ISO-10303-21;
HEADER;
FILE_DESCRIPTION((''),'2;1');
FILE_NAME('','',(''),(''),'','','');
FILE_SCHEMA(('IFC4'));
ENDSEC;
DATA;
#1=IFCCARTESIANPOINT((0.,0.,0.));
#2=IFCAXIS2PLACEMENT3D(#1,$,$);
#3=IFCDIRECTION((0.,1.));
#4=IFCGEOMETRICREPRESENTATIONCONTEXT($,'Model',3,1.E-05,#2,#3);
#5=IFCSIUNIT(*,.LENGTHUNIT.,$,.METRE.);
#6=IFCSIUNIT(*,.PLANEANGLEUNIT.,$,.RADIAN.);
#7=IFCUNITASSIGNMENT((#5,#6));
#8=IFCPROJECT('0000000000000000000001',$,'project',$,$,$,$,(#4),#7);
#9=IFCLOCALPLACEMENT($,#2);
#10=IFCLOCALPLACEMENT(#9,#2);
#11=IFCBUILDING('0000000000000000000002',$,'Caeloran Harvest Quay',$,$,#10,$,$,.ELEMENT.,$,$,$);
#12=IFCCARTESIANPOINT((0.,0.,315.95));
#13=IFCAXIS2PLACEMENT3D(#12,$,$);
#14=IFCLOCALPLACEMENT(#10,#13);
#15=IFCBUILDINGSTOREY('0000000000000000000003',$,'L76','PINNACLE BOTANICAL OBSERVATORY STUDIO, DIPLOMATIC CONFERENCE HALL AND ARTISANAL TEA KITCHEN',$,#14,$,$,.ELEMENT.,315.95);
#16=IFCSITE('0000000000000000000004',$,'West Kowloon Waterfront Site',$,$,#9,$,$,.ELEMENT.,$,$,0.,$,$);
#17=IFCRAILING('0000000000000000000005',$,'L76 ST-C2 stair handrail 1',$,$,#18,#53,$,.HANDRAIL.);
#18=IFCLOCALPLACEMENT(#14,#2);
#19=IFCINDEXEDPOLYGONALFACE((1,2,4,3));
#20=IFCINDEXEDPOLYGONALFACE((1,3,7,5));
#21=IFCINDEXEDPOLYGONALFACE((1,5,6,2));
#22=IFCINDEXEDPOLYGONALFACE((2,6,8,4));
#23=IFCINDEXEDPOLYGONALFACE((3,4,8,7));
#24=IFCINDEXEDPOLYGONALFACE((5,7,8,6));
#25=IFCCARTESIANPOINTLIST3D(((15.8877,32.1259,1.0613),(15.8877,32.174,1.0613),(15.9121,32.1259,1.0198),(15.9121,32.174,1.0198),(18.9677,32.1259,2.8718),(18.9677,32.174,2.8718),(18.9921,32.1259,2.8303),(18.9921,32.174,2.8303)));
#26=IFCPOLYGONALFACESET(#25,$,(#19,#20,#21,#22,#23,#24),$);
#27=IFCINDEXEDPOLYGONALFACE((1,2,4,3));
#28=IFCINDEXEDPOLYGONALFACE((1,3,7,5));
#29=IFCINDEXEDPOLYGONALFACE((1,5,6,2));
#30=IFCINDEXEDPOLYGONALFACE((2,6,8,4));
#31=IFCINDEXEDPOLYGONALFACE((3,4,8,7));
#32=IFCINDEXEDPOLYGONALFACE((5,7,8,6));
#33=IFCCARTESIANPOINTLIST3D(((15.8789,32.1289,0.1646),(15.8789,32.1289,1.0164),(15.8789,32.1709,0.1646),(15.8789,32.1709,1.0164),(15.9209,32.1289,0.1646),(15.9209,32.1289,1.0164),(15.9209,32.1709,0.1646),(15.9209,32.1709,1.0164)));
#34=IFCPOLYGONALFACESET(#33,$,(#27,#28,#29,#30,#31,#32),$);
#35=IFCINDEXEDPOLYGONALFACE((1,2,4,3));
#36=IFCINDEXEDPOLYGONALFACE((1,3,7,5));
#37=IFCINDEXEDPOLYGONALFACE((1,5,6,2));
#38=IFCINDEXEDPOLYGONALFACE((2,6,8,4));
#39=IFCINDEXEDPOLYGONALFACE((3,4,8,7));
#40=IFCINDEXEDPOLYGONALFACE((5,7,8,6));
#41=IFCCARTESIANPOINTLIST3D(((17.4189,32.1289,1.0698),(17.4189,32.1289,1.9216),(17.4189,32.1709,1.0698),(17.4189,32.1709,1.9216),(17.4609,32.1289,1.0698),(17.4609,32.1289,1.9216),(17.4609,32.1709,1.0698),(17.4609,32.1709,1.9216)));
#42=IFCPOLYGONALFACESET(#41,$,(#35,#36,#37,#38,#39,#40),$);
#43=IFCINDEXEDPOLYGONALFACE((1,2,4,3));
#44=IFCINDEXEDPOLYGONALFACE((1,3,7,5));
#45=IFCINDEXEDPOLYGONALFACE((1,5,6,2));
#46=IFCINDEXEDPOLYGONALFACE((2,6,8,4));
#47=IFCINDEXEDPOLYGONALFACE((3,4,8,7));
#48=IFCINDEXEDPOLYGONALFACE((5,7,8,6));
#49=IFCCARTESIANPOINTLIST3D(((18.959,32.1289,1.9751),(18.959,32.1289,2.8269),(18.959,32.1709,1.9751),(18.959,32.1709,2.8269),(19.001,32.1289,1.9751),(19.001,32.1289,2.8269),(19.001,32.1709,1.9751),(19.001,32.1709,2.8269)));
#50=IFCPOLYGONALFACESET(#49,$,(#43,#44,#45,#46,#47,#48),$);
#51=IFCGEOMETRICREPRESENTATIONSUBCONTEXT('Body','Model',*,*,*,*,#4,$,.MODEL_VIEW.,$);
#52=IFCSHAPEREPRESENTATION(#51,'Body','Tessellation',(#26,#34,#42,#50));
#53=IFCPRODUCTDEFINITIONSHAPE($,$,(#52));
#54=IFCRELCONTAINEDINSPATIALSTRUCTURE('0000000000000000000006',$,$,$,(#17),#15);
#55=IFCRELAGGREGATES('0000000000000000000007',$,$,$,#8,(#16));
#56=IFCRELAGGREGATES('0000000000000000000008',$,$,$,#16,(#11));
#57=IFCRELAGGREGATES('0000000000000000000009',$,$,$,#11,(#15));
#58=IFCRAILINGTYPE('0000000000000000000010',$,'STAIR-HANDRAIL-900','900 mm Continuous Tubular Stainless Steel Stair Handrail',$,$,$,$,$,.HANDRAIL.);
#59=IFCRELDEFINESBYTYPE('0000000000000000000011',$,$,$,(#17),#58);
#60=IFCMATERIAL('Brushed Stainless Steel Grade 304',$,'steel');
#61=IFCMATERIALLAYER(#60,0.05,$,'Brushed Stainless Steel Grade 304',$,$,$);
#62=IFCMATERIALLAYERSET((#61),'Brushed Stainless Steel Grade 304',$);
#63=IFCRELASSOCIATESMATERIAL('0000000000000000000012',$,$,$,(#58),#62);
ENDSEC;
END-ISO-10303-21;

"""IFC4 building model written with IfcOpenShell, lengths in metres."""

from ifc_helpers import new_model, si_unit, direction, frame, origin, origin_2d, place, context, subcontext, project, spatial, rectangle, extrude, material, layer, layer_set, type_object, element, save


model = new_model("IFC4")

# Units and contexts
model_context = context("Model", 3, precision=1e-05, world=origin(), true_north=direction((0.0, 1.0)))
body_context = subcontext(model_context, "Body", "Model", "MODEL_VIEW")
ifc_project = project(units=[si_unit("LENGTHUNIT", "METRE"), si_unit("PLANEANGLEUNIT", "RADIAN")], contexts=[model_context])

# Site, building, storey
site_placement = place(None, origin())
site = spatial("IfcSite", under=ifc_project, at=site_placement, Name="West Kowloon Waterfront Site", CompositionType="ELEMENT", RefElevation=0.0)
building_placement = place(site_placement, origin())
building = spatial("IfcBuilding", under=site, at=building_placement, Name="Caeloran Harvest Quay", CompositionType="ELEMENT")
storey_placement = place(building_placement, frame((0.0, 0.0, 315.95)))
storey = spatial("IfcBuildingStorey", under=building, at=storey_placement, Name="L76", Description="PINNACLE BOTANICAL OBSERVATORY STUDIO, DIPLOMATIC CONFERENCE HALL AND ARTISANAL TEA KITCHEN", CompositionType="ELEMENT", Elevation=315.95)

# Railing
ifc_material_1 = material(Name="Brushed Stainless Steel Grade 304", Category="steel")
ifc_layer_1 = layer(ifc_material_1, 0.05, Name="Brushed Stainless Steel Grade 304")
ifc_layer_set_1 = layer_set([ifc_layer_1], Name="Brushed Stainless Steel Grade 304")
railing_type_1 = type_object("IfcRailingType", Name="STAIR-HANDRAIL-900", Description="900 mm Continuous Tubular Stainless Steel Stair Handrail", PredefinedType="HANDRAIL", material=ifc_layer_set_1)
railing_1_placement = place(storey_placement, frame((15.8999, 32.1499, 0.1646)))
element("IfcRailing", 1, at=railing_1_placement, inside=storey, type_object=railing_type_1, Name="L76 ST-C2 stair handrail 1", PredefinedType="HANDRAIL", context=body_context, shape_type="SweptSolid", body=[
    extrude(rectangle(XDim=0.0481, YDim=0.0481, at=origin_2d()), frame((0.0, 0.0, 0.876), z_axis=(0.862089, 0.0, 0.506757), x_axis=(0.0, 1.0, 0.0)), (0.0, 0.0, 1.0), 3.5728),
    extrude(rectangle(XDim=0.042, YDim=0.042, at=origin_2d()), origin(), (0.0, 0.0, 1.0), 0.8518),
    extrude(rectangle(XDim=0.042, YDim=0.042, at=origin_2d()), frame((1.54, 0.0, 0.9053)), (0.0, 0.0, 1.0), 0.8518),
    extrude(rectangle(XDim=0.042, YDim=0.042, at=origin_2d()), frame((3.0801, 0.0, 1.8105)), (0.0, 0.0, 1.0), 0.8518),
])

save(model, "model.ifc")
